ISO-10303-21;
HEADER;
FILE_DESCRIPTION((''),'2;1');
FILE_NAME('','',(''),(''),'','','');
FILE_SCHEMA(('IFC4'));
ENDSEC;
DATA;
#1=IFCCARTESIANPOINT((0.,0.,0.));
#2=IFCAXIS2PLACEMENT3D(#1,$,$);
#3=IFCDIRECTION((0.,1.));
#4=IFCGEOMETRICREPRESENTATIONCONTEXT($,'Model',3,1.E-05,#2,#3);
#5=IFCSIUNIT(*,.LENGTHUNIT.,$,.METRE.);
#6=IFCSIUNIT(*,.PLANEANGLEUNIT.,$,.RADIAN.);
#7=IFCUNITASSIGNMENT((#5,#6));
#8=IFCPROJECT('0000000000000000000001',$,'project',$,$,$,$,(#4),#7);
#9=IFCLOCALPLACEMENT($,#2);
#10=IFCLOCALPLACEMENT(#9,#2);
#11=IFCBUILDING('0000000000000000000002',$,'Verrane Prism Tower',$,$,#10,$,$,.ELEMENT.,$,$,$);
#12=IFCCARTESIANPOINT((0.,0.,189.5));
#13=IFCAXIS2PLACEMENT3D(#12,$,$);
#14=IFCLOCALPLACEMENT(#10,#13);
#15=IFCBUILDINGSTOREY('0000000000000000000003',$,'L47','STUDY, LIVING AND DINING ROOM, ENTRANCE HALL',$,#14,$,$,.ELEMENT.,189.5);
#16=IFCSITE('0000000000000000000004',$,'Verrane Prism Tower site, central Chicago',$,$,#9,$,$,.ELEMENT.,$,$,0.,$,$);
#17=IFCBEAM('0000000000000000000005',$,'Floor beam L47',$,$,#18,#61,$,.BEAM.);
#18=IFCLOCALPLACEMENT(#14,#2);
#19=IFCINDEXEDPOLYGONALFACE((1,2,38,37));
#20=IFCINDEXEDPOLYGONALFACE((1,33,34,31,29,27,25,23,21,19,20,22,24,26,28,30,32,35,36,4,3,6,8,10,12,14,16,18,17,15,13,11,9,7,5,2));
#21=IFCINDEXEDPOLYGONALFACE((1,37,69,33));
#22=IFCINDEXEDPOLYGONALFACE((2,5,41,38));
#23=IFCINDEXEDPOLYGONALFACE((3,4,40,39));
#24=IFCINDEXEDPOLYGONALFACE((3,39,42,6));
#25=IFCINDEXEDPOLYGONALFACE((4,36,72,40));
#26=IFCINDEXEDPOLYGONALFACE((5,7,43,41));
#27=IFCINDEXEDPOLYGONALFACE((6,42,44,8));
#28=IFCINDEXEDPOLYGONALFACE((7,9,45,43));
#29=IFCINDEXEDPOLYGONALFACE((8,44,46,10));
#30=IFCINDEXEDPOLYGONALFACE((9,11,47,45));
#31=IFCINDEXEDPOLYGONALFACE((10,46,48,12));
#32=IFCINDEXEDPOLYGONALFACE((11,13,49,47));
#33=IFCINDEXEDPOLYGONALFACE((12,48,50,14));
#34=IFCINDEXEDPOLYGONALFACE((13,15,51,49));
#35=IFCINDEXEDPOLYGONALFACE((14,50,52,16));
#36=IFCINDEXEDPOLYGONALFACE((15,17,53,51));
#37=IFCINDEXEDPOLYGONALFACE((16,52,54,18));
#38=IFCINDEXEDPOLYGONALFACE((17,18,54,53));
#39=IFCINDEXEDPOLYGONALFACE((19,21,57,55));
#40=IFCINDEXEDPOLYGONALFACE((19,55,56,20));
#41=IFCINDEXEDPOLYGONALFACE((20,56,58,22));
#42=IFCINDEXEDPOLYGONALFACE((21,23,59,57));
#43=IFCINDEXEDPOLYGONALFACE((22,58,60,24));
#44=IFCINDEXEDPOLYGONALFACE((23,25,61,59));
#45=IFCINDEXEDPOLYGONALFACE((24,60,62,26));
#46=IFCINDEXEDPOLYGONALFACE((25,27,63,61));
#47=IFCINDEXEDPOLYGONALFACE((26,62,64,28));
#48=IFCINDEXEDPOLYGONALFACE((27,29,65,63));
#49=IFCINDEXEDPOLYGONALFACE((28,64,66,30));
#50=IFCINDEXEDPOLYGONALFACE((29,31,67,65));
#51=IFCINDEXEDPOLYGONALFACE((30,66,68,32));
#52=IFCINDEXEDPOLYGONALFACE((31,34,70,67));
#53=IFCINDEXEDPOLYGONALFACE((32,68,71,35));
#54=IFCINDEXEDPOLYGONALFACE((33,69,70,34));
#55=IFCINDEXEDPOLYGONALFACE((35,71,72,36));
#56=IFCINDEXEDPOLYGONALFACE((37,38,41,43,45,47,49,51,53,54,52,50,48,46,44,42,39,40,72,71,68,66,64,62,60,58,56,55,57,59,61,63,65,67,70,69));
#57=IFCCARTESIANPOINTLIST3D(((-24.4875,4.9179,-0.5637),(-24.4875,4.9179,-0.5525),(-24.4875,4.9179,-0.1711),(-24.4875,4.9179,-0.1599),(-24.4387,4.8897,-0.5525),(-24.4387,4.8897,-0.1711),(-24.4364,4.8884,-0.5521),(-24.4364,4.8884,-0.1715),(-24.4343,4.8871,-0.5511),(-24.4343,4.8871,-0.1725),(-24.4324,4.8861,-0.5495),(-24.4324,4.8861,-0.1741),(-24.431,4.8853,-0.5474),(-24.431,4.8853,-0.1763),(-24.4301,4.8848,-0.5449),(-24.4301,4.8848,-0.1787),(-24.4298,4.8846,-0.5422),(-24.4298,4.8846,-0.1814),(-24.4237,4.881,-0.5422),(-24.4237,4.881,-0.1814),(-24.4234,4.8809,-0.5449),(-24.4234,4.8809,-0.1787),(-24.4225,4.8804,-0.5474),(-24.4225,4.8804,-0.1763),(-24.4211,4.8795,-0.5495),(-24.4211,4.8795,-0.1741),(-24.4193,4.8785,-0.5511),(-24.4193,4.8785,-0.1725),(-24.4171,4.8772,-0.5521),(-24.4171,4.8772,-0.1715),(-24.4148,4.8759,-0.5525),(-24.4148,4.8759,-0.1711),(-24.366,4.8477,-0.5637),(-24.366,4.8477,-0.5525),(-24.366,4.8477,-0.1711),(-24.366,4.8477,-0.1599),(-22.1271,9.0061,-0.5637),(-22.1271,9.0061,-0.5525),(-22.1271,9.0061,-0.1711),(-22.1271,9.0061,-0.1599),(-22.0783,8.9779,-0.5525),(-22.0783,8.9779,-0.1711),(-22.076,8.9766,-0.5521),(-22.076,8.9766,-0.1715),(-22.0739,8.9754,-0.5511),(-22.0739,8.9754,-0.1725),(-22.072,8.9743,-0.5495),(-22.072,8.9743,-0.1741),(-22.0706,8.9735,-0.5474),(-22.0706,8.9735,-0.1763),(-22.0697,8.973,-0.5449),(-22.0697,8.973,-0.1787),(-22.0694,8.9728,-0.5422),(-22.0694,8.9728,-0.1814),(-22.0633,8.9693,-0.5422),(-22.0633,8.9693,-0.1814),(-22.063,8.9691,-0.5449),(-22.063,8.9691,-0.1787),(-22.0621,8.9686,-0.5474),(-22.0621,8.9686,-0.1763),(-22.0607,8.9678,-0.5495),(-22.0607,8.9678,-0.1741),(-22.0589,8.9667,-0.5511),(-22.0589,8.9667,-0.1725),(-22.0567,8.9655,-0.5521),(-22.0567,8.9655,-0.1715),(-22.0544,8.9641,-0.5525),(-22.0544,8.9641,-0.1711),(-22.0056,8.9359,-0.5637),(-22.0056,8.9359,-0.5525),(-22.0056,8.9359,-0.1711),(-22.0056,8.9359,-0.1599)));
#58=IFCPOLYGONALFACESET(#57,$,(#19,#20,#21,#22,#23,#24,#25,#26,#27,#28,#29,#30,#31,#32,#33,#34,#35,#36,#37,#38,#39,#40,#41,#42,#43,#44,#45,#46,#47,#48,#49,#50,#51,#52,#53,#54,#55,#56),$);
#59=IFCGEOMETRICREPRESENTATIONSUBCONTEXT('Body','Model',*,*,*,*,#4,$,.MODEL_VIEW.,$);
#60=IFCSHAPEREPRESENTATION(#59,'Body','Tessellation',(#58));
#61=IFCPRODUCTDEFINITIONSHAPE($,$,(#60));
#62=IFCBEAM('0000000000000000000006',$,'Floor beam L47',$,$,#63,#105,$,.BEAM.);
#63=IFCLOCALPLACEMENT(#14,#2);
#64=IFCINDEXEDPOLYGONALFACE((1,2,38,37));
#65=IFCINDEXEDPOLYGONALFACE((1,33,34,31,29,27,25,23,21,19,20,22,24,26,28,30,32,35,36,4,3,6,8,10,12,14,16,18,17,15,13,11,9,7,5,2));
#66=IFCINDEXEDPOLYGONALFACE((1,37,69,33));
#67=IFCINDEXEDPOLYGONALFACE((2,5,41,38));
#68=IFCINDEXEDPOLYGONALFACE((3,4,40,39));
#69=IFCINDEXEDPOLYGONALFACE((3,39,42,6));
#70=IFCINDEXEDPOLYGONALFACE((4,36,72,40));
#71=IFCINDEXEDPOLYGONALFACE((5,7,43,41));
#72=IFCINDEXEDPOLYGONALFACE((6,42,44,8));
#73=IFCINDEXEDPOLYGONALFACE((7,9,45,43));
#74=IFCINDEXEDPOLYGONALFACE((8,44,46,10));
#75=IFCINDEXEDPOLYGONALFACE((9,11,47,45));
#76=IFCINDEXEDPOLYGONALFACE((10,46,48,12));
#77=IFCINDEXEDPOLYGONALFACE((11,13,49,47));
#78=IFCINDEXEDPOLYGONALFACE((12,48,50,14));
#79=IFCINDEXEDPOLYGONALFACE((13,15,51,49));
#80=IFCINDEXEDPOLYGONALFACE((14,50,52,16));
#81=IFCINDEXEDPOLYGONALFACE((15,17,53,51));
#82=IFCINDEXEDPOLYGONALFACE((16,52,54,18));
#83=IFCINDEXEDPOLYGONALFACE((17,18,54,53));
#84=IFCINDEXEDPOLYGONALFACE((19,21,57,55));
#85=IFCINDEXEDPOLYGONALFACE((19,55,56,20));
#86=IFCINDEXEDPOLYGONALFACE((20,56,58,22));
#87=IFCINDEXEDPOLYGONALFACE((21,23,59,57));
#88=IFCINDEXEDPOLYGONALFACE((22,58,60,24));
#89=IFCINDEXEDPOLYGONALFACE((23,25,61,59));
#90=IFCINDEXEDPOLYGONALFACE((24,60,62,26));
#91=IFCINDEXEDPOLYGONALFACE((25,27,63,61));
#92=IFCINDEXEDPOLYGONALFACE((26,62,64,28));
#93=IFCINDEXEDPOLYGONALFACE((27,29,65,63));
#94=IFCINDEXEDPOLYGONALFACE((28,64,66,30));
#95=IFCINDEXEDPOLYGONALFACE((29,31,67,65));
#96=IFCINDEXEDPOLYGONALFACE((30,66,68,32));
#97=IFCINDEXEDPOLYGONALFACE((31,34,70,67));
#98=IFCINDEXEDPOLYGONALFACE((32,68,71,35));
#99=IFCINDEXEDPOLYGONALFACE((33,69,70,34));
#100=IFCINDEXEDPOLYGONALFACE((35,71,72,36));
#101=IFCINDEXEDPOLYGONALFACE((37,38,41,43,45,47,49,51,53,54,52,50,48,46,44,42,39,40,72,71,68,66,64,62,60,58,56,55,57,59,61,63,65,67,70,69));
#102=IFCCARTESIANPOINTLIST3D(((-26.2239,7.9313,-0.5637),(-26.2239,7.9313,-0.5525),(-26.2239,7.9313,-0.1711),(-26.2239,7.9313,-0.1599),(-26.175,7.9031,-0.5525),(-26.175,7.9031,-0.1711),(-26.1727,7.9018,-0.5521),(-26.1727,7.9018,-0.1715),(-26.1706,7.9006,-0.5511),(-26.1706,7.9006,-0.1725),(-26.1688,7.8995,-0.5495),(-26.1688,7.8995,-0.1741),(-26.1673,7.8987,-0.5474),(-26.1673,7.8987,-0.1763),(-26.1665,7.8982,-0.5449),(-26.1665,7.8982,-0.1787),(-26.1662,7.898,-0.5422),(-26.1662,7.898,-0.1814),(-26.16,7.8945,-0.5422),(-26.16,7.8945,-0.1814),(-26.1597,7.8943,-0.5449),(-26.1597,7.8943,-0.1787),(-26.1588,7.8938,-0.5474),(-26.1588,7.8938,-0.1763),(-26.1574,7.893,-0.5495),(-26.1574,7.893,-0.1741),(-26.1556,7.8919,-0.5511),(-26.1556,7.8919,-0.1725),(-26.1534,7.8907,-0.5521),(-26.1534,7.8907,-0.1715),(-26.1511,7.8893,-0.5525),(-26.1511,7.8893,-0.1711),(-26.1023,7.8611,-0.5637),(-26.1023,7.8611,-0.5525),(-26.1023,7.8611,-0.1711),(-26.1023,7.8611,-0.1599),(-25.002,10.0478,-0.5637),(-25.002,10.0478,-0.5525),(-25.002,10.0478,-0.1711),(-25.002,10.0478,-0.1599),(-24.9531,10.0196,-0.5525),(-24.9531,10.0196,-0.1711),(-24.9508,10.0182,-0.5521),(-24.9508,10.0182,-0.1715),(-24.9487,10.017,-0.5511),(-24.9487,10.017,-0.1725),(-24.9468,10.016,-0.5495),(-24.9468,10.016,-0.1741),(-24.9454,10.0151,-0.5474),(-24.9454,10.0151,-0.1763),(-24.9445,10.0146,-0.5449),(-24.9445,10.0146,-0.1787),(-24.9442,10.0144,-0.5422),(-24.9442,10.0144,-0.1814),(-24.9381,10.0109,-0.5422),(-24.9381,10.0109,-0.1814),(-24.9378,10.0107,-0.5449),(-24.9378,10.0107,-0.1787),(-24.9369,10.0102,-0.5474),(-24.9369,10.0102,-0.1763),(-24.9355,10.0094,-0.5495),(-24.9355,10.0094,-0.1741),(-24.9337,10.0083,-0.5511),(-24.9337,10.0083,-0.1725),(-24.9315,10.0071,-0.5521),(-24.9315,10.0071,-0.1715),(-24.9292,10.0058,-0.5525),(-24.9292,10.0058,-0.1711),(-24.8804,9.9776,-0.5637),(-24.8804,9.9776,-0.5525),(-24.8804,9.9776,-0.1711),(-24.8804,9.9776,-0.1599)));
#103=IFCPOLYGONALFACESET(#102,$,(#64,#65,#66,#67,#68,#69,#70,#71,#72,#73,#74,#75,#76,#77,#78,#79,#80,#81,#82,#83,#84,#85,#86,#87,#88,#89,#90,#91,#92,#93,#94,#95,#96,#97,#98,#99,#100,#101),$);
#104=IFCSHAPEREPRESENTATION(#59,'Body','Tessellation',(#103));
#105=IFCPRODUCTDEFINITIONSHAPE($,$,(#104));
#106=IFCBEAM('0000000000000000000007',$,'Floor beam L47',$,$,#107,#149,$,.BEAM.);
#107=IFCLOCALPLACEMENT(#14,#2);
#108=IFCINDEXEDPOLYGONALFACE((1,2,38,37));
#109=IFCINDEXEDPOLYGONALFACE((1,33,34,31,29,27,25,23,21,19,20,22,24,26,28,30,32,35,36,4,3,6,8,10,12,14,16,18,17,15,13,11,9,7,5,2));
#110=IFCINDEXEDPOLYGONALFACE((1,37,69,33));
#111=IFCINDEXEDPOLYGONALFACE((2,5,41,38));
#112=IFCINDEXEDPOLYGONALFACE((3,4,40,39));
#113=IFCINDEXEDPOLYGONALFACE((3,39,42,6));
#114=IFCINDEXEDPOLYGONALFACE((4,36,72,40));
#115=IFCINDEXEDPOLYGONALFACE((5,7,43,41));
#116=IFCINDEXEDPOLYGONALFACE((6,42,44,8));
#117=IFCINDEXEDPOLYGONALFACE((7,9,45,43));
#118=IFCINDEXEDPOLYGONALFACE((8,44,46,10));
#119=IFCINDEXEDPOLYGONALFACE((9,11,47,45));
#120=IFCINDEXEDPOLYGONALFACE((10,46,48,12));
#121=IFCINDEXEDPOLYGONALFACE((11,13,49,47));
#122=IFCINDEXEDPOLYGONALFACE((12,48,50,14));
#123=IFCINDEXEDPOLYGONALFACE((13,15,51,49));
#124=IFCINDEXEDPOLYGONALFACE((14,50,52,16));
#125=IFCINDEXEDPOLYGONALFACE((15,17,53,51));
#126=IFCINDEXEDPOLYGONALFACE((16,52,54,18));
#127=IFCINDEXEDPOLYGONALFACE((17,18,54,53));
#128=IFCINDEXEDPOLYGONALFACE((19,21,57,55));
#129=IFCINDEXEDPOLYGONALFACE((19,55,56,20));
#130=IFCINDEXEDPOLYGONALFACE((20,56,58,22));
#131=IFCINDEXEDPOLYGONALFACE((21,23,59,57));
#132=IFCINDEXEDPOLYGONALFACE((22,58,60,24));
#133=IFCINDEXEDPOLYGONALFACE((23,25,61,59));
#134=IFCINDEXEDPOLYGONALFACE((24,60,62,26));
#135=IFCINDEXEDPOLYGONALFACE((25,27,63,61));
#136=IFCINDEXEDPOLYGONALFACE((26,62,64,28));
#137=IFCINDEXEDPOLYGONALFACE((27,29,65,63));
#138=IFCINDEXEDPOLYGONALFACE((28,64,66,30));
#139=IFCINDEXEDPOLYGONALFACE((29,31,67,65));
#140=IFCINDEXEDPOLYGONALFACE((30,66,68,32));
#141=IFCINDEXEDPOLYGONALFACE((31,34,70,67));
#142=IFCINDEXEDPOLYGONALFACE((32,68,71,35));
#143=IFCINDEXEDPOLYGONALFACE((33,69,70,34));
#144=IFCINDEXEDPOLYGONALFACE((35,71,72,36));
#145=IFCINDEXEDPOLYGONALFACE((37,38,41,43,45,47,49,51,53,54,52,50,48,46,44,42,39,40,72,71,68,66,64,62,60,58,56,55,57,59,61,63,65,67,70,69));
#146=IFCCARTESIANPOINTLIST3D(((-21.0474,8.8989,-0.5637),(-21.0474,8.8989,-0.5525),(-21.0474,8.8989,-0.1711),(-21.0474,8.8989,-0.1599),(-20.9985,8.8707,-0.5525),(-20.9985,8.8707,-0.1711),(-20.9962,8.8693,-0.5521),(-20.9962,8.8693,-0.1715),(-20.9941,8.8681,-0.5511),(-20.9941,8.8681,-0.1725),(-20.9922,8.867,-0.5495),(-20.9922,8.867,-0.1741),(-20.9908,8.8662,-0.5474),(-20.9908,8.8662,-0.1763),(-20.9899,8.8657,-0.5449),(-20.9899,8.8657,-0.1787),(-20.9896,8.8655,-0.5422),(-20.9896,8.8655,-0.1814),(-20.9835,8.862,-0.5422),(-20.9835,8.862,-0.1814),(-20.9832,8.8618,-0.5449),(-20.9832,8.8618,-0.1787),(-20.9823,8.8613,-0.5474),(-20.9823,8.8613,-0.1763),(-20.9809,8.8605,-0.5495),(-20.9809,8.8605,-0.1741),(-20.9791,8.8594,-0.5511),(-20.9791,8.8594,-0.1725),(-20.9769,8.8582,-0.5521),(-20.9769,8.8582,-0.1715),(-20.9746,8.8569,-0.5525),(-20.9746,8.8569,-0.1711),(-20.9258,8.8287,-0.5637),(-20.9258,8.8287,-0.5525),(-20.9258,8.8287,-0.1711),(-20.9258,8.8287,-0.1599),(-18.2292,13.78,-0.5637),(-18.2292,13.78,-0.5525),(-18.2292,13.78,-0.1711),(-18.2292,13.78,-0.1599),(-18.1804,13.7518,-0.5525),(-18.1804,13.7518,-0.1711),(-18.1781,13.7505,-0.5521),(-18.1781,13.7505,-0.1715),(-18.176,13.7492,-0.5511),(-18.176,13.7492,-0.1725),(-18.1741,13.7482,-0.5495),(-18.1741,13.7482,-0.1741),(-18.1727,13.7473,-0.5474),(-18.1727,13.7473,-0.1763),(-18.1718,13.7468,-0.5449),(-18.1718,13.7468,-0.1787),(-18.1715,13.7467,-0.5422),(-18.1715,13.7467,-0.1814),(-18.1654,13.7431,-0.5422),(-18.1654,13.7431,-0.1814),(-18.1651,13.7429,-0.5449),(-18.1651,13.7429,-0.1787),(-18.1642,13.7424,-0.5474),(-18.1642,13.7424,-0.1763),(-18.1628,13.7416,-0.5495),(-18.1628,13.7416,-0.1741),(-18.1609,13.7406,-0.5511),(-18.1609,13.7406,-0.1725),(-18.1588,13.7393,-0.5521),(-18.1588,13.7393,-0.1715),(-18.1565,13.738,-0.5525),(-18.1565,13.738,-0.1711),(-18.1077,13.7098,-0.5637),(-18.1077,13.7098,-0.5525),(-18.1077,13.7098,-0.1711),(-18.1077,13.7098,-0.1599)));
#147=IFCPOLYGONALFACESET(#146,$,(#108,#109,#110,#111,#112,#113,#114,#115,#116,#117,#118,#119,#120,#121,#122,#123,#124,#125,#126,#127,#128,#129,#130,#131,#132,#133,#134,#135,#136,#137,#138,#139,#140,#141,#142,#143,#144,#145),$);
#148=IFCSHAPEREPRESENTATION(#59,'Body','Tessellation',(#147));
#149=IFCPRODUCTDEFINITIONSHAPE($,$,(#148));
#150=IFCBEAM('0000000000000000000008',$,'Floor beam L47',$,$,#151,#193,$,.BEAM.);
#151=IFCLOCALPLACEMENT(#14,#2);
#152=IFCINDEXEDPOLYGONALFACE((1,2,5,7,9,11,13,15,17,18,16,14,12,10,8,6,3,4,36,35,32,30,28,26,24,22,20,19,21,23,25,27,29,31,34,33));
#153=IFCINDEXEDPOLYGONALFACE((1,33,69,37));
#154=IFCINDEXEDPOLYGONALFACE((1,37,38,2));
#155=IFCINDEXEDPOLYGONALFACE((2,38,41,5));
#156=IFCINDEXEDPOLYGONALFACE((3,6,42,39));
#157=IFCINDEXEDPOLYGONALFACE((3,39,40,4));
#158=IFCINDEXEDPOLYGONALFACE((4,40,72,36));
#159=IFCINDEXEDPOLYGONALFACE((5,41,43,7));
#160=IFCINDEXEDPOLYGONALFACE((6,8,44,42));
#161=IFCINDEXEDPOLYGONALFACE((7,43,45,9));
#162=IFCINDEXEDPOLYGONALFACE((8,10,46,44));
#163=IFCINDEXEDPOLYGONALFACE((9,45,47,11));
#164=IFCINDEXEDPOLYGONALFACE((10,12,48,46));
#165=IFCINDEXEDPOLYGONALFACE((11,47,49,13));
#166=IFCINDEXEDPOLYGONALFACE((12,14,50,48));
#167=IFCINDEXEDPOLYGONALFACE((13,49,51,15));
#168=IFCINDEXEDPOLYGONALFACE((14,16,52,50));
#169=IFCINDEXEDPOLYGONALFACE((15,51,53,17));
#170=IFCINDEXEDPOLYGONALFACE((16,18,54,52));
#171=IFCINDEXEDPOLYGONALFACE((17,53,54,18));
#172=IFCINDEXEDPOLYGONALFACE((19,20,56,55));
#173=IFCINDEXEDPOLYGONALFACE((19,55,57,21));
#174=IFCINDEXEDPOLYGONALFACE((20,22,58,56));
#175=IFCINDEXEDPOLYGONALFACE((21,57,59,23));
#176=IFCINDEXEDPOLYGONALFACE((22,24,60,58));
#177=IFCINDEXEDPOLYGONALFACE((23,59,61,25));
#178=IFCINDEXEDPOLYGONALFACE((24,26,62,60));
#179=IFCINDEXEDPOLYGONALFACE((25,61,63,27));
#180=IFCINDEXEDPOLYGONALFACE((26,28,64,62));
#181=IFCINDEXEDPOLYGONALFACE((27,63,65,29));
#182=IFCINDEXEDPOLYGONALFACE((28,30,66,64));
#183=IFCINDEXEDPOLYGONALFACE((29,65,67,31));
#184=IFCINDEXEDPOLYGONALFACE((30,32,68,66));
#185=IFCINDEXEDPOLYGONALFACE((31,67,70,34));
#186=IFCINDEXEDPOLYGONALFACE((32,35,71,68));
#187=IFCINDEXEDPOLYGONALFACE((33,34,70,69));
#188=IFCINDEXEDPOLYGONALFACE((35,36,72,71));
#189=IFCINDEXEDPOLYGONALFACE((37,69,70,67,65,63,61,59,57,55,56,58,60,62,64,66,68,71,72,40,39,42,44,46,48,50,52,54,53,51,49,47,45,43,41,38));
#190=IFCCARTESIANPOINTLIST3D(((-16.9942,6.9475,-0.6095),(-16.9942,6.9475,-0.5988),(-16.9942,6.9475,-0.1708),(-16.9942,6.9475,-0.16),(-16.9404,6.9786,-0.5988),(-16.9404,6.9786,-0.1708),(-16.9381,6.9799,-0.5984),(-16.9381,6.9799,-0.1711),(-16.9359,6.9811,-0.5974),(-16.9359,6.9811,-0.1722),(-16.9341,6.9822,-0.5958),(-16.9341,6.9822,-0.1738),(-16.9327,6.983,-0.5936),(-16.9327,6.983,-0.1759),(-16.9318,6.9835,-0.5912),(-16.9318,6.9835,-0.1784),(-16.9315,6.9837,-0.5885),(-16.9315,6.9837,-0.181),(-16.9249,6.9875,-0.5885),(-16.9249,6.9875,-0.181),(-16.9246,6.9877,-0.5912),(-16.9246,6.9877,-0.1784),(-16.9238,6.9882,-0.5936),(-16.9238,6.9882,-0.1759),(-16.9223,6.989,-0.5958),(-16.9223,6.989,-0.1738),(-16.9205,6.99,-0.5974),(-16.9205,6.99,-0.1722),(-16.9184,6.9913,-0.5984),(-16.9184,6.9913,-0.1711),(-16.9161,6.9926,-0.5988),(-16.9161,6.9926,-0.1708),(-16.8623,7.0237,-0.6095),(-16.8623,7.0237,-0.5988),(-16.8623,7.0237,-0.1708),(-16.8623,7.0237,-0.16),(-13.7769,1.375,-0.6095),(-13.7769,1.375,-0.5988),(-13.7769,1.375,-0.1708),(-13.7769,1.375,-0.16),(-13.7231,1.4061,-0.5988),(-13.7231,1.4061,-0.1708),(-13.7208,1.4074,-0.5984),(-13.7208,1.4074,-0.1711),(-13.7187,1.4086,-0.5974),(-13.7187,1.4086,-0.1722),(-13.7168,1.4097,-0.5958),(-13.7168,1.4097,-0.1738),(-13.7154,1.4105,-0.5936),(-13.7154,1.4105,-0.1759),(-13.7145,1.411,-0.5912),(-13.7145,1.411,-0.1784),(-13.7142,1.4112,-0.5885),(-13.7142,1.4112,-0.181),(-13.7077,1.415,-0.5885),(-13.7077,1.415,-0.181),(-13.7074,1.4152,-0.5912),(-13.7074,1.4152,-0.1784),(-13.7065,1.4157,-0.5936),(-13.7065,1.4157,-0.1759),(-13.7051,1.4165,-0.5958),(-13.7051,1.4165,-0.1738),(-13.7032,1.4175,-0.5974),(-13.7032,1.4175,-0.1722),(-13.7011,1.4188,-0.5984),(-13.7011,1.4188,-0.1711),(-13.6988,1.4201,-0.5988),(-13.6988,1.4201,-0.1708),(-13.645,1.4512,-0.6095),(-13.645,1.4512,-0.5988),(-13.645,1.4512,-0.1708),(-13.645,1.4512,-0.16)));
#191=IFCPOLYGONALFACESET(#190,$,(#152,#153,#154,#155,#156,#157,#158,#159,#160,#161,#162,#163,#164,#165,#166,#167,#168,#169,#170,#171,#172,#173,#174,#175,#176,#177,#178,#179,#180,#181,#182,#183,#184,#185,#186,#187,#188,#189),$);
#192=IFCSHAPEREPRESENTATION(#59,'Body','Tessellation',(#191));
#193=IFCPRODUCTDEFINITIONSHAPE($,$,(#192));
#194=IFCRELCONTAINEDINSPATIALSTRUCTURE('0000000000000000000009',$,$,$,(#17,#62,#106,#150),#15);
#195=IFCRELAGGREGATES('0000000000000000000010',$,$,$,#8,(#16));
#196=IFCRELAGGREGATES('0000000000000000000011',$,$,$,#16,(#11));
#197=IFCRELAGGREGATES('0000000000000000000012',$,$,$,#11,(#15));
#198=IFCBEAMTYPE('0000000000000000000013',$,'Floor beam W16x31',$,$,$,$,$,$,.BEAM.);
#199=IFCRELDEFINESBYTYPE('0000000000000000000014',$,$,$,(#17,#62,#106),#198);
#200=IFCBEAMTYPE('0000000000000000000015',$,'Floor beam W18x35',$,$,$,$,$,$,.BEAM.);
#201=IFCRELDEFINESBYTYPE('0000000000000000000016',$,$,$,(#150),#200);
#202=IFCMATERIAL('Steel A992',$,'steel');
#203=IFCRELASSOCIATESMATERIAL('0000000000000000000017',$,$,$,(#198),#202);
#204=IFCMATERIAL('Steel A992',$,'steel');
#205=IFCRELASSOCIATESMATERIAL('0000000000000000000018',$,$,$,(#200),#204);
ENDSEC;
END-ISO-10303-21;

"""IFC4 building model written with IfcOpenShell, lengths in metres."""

from ifc_helpers import new_model, si_unit, direction, frame, origin, origin_2d, place, context, subcontext, project, spatial, i_section, extrude, material, material_profile, profile_set, type_object, element, save


model = new_model("IFC4")

# Units and contexts
model_context = context("Model", 3, precision=1e-05, world=origin(), true_north=direction((0.0, 1.0)))
body_context = subcontext(model_context, "Body", "Model", "MODEL_VIEW")
ifc_project = project(units=[si_unit("LENGTHUNIT", "METRE"), si_unit("PLANEANGLEUNIT", "RADIAN")], contexts=[model_context])

# Site, building, storey
site_placement = place(None, origin())
site = spatial("IfcSite", under=ifc_project, at=site_placement, Name="Verrane Prism Tower site, central Chicago", CompositionType="ELEMENT", RefElevation=0.0)
building_placement = place(site_placement, origin())
building = spatial("IfcBuilding", under=site, at=building_placement, Name="Verrane Prism Tower", CompositionType="ELEMENT")
storey_placement = place(building_placement, frame((0.0, 0.0, 189.5)))
storey = spatial("IfcBuildingStorey", under=building, at=storey_placement, Name="L47", Description="STUDY, LIVING AND DINING ROOM, ENTRANCE HALL", CompositionType="ELEMENT", Elevation=189.5)

# Beams
ifc_material_1 = material(Name="Steel A992", Category="steel")
ifc_material_profile_1 = material_profile(ifc_material_1, i_section(OverallWidth=0.1404, OverallDepth=0.4038, WebThickness=0.0071, FlangeThickness=0.0112, FilletRadius=0.0103, at=origin_2d()), Name="W16x31")
ifc_profile_set_1 = profile_set([ifc_material_profile_1], Name="Steel A992")
beam_type_1 = type_object("IfcBeamType", Name="Floor beam W16x31", PredefinedType="BEAM", material=ifc_profile_set_1)
beam_1_placement = place(storey_placement, frame((-24.4268, 4.8828, -0.3618), z_axis=(0.50001, 0.866019, 0.0), x_axis=(-0.866019, 0.50001, 0.0)))
element("IfcBeam", 1, at=beam_1_placement, inside=storey, type_object=beam_type_1, Name="Floor beam L47", PredefinedType="BEAM", context=body_context, shape_type="SweptSolid", body=[
    extrude(i_section(OverallWidth=0.1404, OverallDepth=0.4038, WebThickness=0.0071, FlangeThickness=0.0112, FilletRadius=0.0103, at=origin_2d()), origin(), (0.0, 0.0, 1.0), 4.7207),
])
beam_2_placement = place(storey_placement, frame((-26.1631, 7.8962, -0.3618), z_axis=(0.499996, 0.866028, 0.0), x_axis=(-0.866028, 0.499996, 0.0)))
element("IfcBeam", 2, at=beam_2_placement, inside=storey, type_object=beam_type_1, Name="Floor beam L47", PredefinedType="BEAM", context=body_context, shape_type="SweptSolid", body=[
    extrude(i_section(OverallWidth=0.1404, OverallDepth=0.4038, WebThickness=0.0071, FlangeThickness=0.0112, FilletRadius=0.0103, at=origin_2d()), origin(), (0.0, 0.0, 1.0), 2.4438),
])
beam_3_placement = place(storey_placement, frame((-20.9866, 8.8638, -0.3618), z_axis=(0.500001, 0.866025, 0.0), x_axis=(-0.866025, 0.500001, 0.0)))
element("IfcBeam", 3, at=beam_3_placement, inside=storey, type_object=beam_type_1, Name="Floor beam L47", PredefinedType="BEAM", context=body_context, shape_type="SweptSolid", body=[
    extrude(i_section(OverallWidth=0.1404, OverallDepth=0.4038, WebThickness=0.0071, FlangeThickness=0.0112, FilletRadius=0.0103, at=origin_2d()), origin(), (0.0, 0.0, 1.0), 5.6362),
])
ifc_material_2 = material(Name="Steel A992", Category="steel")
ifc_material_profile_2 = material_profile(ifc_material_2, i_section(OverallWidth=0.1523, OverallDepth=0.4495, WebThickness=0.0076, FlangeThickness=0.0107, FilletRadius=0.0103, at=origin_2d()), Name="W18x35")
ifc_profile_set_2 = profile_set([ifc_material_profile_2], Name="Steel A992")
beam_type_2 = type_object("IfcBeamType", Name="Floor beam W18x35", PredefinedType="BEAM", material=ifc_profile_set_2)
beam_4_placement = place(storey_placement, frame((-13.7109, 1.4131, -0.3848), z_axis=(-0.499999, 0.866026, 0.0), x_axis=(-0.866026, -0.499999, 0.0)))
element("IfcBeam", 4, at=beam_4_placement, inside=storey, type_object=beam_type_2, Name="Floor beam L47", PredefinedType="BEAM", context=body_context, shape_type="SweptSolid", body=[
    extrude(i_section(OverallWidth=0.1523, OverallDepth=0.4495, WebThickness=0.0076, FlangeThickness=0.0107, FilletRadius=0.0103, at=origin_2d()), origin(), (0.0, 0.0, 1.0), 6.4346),
])

save(model, "model.ifc")
